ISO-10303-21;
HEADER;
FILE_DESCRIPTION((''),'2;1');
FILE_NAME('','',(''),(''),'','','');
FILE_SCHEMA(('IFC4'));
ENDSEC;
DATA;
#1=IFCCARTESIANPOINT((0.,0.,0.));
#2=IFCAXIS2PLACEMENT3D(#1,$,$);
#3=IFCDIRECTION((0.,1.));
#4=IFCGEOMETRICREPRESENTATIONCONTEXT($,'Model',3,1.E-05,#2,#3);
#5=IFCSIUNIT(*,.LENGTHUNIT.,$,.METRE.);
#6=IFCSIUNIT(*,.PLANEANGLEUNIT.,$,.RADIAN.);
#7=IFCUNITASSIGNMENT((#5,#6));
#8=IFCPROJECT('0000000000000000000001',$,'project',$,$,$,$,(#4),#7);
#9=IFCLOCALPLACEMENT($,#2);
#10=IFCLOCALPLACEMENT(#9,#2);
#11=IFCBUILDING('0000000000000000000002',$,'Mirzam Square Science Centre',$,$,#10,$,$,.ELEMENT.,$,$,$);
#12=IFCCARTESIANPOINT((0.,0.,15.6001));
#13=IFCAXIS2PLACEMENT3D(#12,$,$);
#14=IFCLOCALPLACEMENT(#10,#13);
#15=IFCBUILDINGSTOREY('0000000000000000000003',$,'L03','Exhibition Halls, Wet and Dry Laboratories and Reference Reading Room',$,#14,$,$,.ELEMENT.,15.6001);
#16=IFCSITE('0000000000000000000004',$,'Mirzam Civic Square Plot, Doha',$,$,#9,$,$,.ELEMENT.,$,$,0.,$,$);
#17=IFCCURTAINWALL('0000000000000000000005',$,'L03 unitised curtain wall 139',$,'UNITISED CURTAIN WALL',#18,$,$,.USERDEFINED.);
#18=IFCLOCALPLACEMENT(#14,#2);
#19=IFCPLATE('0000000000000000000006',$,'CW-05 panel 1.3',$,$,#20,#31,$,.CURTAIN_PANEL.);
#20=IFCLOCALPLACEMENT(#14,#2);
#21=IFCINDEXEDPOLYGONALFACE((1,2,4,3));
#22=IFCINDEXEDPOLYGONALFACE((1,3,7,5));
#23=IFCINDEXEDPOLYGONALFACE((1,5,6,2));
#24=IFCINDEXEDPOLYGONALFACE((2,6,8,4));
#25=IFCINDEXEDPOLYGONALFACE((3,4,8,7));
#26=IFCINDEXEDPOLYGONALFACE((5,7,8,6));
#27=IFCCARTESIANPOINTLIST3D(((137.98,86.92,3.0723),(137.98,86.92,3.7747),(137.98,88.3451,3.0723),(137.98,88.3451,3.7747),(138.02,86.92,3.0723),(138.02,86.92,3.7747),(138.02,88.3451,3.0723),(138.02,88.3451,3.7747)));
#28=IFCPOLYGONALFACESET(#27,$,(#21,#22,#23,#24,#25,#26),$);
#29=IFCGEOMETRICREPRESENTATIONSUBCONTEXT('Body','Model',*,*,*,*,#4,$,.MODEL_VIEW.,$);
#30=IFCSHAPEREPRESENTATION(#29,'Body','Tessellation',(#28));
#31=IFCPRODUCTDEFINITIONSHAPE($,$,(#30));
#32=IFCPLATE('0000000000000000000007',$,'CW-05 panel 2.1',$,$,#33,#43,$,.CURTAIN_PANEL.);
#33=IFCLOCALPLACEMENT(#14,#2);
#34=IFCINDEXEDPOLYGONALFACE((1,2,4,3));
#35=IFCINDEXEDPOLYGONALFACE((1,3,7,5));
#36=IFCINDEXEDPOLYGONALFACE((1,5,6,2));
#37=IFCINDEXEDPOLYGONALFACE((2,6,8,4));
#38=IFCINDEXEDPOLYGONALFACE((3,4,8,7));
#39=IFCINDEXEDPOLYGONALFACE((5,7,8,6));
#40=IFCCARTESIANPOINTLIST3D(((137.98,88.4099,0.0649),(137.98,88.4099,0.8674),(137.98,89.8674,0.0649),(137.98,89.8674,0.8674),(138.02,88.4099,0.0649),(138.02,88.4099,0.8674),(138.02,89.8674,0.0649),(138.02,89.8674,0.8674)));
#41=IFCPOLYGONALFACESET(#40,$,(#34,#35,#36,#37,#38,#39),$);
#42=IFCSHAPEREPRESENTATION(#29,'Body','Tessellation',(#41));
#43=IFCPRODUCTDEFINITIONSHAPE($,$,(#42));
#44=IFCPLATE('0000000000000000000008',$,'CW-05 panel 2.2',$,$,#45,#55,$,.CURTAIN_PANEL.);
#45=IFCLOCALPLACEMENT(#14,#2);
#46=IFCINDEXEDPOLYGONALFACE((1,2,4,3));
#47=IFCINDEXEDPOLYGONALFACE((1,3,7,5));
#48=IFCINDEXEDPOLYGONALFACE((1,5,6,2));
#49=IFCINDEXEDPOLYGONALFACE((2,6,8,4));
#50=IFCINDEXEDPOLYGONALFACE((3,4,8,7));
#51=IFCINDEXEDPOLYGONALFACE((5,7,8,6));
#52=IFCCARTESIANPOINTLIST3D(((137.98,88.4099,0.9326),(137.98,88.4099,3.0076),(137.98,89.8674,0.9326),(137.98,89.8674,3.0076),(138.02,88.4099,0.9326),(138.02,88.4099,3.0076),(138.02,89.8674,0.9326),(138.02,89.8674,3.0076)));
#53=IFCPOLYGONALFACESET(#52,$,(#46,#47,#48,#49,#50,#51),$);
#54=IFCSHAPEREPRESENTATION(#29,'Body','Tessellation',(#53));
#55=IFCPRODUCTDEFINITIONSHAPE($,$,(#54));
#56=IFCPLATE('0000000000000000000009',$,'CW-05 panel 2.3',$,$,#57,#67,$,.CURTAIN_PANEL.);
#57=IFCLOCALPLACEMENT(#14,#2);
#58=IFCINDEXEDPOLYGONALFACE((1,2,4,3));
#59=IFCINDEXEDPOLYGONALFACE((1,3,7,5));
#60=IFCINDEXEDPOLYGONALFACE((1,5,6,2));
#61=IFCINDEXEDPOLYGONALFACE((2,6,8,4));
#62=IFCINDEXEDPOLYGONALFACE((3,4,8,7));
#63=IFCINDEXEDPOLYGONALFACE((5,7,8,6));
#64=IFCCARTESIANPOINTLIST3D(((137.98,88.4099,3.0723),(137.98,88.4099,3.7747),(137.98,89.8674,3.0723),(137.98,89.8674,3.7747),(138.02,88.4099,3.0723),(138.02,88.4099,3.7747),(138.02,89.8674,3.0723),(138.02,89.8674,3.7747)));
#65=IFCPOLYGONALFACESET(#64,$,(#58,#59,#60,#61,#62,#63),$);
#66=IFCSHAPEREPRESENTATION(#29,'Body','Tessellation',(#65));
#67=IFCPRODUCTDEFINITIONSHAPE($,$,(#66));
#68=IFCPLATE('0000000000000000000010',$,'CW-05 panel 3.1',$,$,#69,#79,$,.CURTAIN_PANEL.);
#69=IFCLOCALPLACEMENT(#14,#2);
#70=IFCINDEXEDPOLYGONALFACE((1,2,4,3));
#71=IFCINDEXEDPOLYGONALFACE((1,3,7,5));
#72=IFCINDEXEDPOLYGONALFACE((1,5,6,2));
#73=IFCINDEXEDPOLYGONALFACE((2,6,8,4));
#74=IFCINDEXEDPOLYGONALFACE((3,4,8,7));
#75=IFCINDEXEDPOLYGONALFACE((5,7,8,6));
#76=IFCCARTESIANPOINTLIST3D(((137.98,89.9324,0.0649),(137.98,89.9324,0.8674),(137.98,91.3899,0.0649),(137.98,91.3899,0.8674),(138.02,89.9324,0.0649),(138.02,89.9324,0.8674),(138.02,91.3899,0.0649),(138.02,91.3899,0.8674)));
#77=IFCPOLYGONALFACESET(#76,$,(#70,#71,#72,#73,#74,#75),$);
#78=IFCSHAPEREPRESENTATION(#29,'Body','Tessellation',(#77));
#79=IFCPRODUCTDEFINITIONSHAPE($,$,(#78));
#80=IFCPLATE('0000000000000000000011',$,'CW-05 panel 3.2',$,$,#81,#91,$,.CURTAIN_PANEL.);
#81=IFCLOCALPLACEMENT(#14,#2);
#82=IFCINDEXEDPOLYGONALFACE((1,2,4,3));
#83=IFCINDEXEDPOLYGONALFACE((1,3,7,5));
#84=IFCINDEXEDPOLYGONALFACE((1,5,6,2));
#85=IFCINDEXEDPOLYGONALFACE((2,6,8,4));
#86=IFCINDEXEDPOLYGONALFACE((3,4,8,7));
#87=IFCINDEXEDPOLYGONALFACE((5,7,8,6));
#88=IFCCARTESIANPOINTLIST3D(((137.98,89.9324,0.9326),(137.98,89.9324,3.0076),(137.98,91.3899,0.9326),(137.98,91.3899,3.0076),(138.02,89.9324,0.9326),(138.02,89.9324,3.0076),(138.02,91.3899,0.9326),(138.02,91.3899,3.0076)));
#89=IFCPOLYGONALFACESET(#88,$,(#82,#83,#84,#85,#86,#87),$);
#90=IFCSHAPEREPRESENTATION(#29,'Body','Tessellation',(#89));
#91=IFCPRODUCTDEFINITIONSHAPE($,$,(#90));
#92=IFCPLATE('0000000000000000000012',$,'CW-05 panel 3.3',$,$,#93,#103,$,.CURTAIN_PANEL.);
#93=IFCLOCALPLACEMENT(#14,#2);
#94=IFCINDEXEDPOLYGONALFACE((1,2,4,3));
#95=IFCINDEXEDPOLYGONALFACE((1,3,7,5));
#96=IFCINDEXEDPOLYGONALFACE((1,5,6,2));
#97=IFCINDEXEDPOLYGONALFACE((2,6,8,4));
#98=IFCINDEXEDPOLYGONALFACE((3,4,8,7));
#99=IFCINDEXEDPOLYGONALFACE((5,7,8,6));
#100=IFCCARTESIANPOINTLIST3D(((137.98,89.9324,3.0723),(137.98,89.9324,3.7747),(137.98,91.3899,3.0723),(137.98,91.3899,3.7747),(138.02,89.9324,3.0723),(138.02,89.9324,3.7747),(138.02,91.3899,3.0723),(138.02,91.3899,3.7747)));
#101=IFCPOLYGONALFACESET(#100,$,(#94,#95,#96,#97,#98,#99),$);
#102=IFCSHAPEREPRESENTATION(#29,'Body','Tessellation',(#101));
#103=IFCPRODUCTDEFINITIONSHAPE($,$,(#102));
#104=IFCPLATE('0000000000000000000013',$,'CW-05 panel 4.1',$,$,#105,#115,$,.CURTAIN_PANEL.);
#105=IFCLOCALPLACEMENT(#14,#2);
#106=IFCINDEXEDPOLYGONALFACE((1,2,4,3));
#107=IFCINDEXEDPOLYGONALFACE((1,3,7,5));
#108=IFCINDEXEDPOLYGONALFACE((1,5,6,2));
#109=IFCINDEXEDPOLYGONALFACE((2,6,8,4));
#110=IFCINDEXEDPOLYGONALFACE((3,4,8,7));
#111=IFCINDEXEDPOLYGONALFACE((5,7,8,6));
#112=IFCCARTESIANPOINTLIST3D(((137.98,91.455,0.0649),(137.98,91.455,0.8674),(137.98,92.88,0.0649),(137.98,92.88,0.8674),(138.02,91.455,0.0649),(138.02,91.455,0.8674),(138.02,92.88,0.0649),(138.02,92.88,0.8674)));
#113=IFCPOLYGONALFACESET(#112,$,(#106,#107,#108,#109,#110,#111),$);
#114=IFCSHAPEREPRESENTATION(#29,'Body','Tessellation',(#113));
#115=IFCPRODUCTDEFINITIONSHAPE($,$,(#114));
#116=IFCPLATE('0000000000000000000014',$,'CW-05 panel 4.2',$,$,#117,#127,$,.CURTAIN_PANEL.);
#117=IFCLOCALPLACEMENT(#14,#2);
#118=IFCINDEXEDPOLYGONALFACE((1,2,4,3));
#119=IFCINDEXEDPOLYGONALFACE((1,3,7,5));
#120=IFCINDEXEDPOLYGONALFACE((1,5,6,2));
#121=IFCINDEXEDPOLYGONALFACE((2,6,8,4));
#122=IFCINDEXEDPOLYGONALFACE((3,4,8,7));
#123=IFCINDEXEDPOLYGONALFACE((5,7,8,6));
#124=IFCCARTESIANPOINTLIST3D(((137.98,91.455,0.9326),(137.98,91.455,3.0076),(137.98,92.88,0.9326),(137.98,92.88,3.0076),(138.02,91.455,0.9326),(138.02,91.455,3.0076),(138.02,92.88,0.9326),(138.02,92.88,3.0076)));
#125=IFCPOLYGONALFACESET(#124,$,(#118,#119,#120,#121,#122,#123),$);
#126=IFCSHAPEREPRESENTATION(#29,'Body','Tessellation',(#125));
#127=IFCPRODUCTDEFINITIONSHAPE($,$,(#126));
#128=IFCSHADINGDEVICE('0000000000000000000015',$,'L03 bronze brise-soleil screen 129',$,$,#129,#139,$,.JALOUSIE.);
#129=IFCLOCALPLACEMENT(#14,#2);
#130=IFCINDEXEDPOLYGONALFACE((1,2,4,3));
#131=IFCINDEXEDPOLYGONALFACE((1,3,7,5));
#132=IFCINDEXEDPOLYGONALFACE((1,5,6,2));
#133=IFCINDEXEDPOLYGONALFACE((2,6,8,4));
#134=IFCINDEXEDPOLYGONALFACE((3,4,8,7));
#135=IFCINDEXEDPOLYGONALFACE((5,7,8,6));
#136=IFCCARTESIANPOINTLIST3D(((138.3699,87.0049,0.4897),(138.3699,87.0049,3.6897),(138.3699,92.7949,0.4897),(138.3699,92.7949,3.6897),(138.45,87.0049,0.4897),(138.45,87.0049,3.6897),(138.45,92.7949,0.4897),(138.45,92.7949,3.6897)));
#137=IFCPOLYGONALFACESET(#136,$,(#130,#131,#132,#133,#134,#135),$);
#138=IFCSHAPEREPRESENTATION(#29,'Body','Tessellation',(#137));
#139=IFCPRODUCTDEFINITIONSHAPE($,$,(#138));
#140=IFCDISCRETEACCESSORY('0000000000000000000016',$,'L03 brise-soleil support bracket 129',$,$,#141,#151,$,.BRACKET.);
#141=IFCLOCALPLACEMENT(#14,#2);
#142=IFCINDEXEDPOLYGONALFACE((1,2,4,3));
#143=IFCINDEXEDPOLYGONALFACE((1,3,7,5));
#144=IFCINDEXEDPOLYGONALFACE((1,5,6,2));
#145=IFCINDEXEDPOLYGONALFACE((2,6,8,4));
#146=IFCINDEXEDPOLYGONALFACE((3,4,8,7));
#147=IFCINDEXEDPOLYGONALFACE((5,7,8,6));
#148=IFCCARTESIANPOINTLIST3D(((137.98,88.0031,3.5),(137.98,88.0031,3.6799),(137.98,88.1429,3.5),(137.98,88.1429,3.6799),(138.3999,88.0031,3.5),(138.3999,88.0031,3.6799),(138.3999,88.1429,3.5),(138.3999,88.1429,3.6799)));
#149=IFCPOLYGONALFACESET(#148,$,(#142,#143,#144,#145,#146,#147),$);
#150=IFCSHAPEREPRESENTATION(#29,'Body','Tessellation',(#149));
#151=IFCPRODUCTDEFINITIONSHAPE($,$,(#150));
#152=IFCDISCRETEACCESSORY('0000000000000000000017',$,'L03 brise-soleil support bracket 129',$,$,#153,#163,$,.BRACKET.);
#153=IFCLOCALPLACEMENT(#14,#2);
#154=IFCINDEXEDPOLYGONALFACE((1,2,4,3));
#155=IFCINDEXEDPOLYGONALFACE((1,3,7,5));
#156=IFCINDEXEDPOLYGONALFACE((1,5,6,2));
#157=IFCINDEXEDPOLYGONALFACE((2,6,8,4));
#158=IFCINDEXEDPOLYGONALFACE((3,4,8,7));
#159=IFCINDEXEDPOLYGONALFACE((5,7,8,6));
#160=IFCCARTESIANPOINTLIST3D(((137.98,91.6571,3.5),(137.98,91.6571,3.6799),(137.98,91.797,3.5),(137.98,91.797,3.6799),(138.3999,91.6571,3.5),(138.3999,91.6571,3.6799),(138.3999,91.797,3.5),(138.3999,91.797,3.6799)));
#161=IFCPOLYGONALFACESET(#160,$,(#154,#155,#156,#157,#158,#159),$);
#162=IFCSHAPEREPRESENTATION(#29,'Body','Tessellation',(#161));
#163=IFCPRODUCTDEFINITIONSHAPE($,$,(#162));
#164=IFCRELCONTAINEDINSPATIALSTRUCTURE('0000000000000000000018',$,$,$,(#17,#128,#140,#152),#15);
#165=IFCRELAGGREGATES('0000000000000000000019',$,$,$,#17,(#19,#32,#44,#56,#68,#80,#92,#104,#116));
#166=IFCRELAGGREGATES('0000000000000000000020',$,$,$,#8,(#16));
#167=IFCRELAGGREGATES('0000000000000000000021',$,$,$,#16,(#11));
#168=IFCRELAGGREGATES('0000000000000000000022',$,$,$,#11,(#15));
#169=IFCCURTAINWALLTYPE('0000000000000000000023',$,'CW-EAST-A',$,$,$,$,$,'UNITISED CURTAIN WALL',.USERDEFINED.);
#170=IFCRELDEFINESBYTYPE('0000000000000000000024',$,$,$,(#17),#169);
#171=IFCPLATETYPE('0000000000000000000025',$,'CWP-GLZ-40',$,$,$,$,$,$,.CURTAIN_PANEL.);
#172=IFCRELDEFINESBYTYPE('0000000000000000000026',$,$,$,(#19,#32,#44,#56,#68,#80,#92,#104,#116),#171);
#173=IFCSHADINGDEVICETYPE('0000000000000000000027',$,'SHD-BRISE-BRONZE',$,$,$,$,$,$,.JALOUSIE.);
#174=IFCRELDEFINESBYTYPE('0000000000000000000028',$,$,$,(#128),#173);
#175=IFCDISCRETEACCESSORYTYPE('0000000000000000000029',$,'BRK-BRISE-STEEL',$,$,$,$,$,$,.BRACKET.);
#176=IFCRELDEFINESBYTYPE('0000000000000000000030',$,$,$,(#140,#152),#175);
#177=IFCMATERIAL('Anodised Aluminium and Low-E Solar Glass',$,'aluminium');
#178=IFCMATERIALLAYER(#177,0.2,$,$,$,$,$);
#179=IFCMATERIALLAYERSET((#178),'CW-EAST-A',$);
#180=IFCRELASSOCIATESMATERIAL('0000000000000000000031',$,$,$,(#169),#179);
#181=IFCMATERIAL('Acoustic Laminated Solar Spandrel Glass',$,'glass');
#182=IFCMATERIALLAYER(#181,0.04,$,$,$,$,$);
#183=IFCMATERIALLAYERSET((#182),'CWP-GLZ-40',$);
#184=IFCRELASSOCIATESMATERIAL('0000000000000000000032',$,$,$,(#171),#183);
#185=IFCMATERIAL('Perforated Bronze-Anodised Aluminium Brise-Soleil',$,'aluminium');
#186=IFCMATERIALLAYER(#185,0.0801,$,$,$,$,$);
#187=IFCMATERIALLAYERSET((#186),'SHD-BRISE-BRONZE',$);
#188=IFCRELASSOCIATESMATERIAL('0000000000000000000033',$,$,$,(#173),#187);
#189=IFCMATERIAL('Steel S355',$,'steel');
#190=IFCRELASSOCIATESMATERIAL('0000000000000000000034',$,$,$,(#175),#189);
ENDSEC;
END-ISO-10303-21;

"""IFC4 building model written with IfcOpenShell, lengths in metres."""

from ifc_helpers import new_model, si_unit, direction, frame, origin, origin_2d, place, context, subcontext, project, spatial, rectangle, extrude, material, layer, layer_set, type_object, element, aggregate, save


model = new_model("IFC4")

# Units and contexts
model_context = context("Model", 3, precision=1e-05, world=origin(), true_north=direction((0.0, 1.0)))
body_context = subcontext(model_context, "Body", "Model", "MODEL_VIEW")
ifc_project = project(units=[si_unit("LENGTHUNIT", "METRE"), si_unit("PLANEANGLEUNIT", "RADIAN")], contexts=[model_context])

# Site, building, storey
site_placement = place(None, origin())
site = spatial("IfcSite", under=ifc_project, at=site_placement, Name="Mirzam Civic Square Plot, Doha", CompositionType="ELEMENT", RefElevation=0.0)
building_placement = place(site_placement, origin())
building = spatial("IfcBuilding", under=site, at=building_placement, Name="Mirzam Square Science Centre", CompositionType="ELEMENT")
storey_placement = place(building_placement, frame((0.0, 0.0, 15.6001)))
storey = spatial("IfcBuildingStorey", under=building, at=storey_placement, Name="L03", Description="Exhibition Halls, Wet and Dry Laboratories and Reference Reading Room", CompositionType="ELEMENT", Elevation=15.6001)

# Curtain wall, plates
ifc_material_1 = material(Name="Anodised Aluminium and Low-E Solar Glass", Category="aluminium")
ifc_layer_1 = layer(ifc_material_1, 0.2)
ifc_layer_set_1 = layer_set([ifc_layer_1], Name="CW-EAST-A")
curtain_wall_type = type_object("IfcCurtainWallType", Name="CW-EAST-A", ElementType="UNITISED CURTAIN WALL", PredefinedType="USERDEFINED", material=ifc_layer_set_1)
curtain_wall_placement = place(storey_placement, origin())
curtain_wall = element("IfcCurtainWall", 1, at=curtain_wall_placement, inside=storey, type_object=curtain_wall_type, Name="L03 unitised curtain wall 139", ObjectType="UNITISED CURTAIN WALL", PredefinedType="USERDEFINED")
ifc_material_2 = material(Name="Acoustic Laminated Solar Spandrel Glass", Category="glass")
ifc_layer_2 = layer(ifc_material_2, 0.04)
ifc_layer_set_2 = layer_set([ifc_layer_2], Name="CWP-GLZ-40")
plate_type = type_object("IfcPlateType", Name="CWP-GLZ-40", PredefinedType="CURTAIN_PANEL", material=ifc_layer_set_2)
plate_1_placement = place(storey_placement, frame((138.0, 87.6326, 3.0723), z_axis=(0.0, 0.0, 1.0), x_axis=(0.0, 1.0, 0.0)))
plate_1 = element("IfcPlate", 2, at=plate_1_placement, type_object=plate_type, Name="CW-05 panel 1.3", PredefinedType="CURTAIN_PANEL", context=body_context, shape_type="SweptSolid", body=[
    extrude(rectangle(XDim=1.425, YDim=0.04, at=origin_2d()), origin(), (0.0, 0.0, 1.0), 0.7024),
])
plate_2_placement = place(storey_placement, frame((138.0, 89.1387, 0.0649), z_axis=(0.0, 0.0, 1.0), x_axis=(0.0, 1.0, 0.0)))
plate_2 = element("IfcPlate", 3, at=plate_2_placement, type_object=plate_type, Name="CW-05 panel 2.1", PredefinedType="CURTAIN_PANEL", context=body_context, shape_type="SweptSolid", body=[
    extrude(rectangle(XDim=1.4575, YDim=0.04, at=origin_2d()), origin(), (0.0, 0.0, 1.0), 0.8025),
])
plate_3_placement = place(storey_placement, frame((138.0, 89.1387, 0.9326), z_axis=(0.0, 0.0, 1.0), x_axis=(0.0, 1.0, 0.0)))
plate_3 = element("IfcPlate", 4, at=plate_3_placement, type_object=plate_type, Name="CW-05 panel 2.2", PredefinedType="CURTAIN_PANEL", context=body_context, shape_type="SweptSolid", body=[
    extrude(rectangle(XDim=1.4575, YDim=0.04, at=origin_2d()), origin(), (0.0, 0.0, 1.0), 2.075),
])
plate_4_placement = place(storey_placement, frame((138.0, 89.1387, 3.0723), z_axis=(0.0, 0.0, 1.0), x_axis=(0.0, 1.0, 0.0)))
plate_4 = element("IfcPlate", 5, at=plate_4_placement, type_object=plate_type, Name="CW-05 panel 2.3", PredefinedType="CURTAIN_PANEL", context=body_context, shape_type="SweptSolid", body=[
    extrude(rectangle(XDim=1.4575, YDim=0.04, at=origin_2d()), origin(), (0.0, 0.0, 1.0), 0.7024),
])
plate_5_placement = place(storey_placement, frame((138.0, 90.6611, 0.0649), z_axis=(0.0, 0.0, 1.0), x_axis=(0.0, 1.0, 0.0)))
plate_5 = element("IfcPlate", 6, at=plate_5_placement, type_object=plate_type, Name="CW-05 panel 3.1", PredefinedType="CURTAIN_PANEL", context=body_context, shape_type="SweptSolid", body=[
    extrude(rectangle(XDim=1.4575, YDim=0.04, at=origin_2d()), origin(), (0.0, 0.0, 1.0), 0.8025),
])
plate_6_placement = place(storey_placement, frame((138.0, 90.6611, 0.9326), z_axis=(0.0, 0.0, 1.0), x_axis=(0.0, 1.0, 0.0)))
plate_6 = element("IfcPlate", 7, at=plate_6_placement, type_object=plate_type, Name="CW-05 panel 3.2", PredefinedType="CURTAIN_PANEL", context=body_context, shape_type="SweptSolid", body=[
    extrude(rectangle(XDim=1.4575, YDim=0.04, at=origin_2d()), origin(), (0.0, 0.0, 1.0), 2.075),
])
plate_7_placement = place(storey_placement, frame((138.0, 90.6611, 3.0723), z_axis=(0.0, 0.0, 1.0), x_axis=(0.0, 1.0, 0.0)))
plate_7 = element("IfcPlate", 8, at=plate_7_placement, type_object=plate_type, Name="CW-05 panel 3.3", PredefinedType="CURTAIN_PANEL", context=body_context, shape_type="SweptSolid", body=[
    extrude(rectangle(XDim=1.4575, YDim=0.04, at=origin_2d()), origin(), (0.0, 0.0, 1.0), 0.7024),
])
plate_8_placement = place(storey_placement, frame((138.0, 92.1675, 0.0649), z_axis=(0.0, 0.0, 1.0), x_axis=(0.0, 1.0, 0.0)))
plate_8 = element("IfcPlate", 9, at=plate_8_placement, type_object=plate_type, Name="CW-05 panel 4.1", PredefinedType="CURTAIN_PANEL", context=body_context, shape_type="SweptSolid", body=[
    extrude(rectangle(XDim=1.425, YDim=0.04, at=origin_2d()), origin(), (0.0, 0.0, 1.0), 0.8025),
])
plate_9_placement = place(storey_placement, frame((138.0, 92.1675, 0.9326), z_axis=(0.0, 0.0, 1.0), x_axis=(0.0, 1.0, 0.0)))
plate_9 = element("IfcPlate", 10, at=plate_9_placement, type_object=plate_type, Name="CW-05 panel 4.2", PredefinedType="CURTAIN_PANEL", context=body_context, shape_type="SweptSolid", body=[
    extrude(rectangle(XDim=1.425, YDim=0.04, at=origin_2d()), origin(), (0.0, 0.0, 1.0), 2.075),
])
aggregate(curtain_wall, [plate_1, plate_2, plate_3, plate_4, plate_5, plate_6, plate_7, plate_8, plate_9])

# Shading device
ifc_material_3 = material(Name="Perforated Bronze-Anodised Aluminium Brise-Soleil", Category="aluminium")
ifc_layer_3 = layer(ifc_material_3, 0.0801)
ifc_layer_set_3 = layer_set([ifc_layer_3], Name="SHD-BRISE-BRONZE")
shading_device_type = type_object("IfcShadingDeviceType", Name="SHD-BRISE-BRONZE", PredefinedType="JALOUSIE", material=ifc_layer_set_3)
shading_device_placement = place(storey_placement, frame((138.4099, 89.8999, 0.4897), z_axis=(0.0, 0.0, 1.0), x_axis=(0.0, 1.0, 0.0)))
element("IfcShadingDevice", 11, at=shading_device_placement, inside=storey, type_object=shading_device_type, Name="L03 bronze brise-soleil screen 129", PredefinedType="JALOUSIE", context=body_context, shape_type="SweptSolid", body=[
    extrude(rectangle(XDim=5.79, YDim=0.0801, at=origin_2d()), origin(), (0.0, 0.0, 1.0), 3.2),
])

# Discrete accessories
ifc_material_4 = material(Name="Steel S355", Category="steel")
discrete_accessory_type = type_object("IfcDiscreteAccessoryType", Name="BRK-BRISE-STEEL", PredefinedType="BRACKET", material=ifc_material_4)
for number, where, z_axis, x_axis, name in (
    (12, (138.1899, 88.073, 3.5), (0.0, 0.0, 1.0), (0.0, 1.0, 0.0), "L03 brise-soleil support bracket 129"),
    (13, (138.1899, 91.7271, 3.5), (0.0, 0.0, 1.0), (0.0, 1.0, 0.0), "L03 brise-soleil support bracket 129"),
):
    element("IfcDiscreteAccessory", number, at=place(storey_placement, frame(where, z_axis=z_axis, x_axis=x_axis)), inside=storey, type_object=discrete_accessory_type, Name=name, PredefinedType="BRACKET", context=body_context, shape_type="SweptSolid", body=[
        extrude(rectangle(XDim=0.1399, YDim=0.4199, at=origin_2d()), origin(), (0.0, 0.0, 1.0), 0.1799),
    ])

save(model, "model.ifc")
